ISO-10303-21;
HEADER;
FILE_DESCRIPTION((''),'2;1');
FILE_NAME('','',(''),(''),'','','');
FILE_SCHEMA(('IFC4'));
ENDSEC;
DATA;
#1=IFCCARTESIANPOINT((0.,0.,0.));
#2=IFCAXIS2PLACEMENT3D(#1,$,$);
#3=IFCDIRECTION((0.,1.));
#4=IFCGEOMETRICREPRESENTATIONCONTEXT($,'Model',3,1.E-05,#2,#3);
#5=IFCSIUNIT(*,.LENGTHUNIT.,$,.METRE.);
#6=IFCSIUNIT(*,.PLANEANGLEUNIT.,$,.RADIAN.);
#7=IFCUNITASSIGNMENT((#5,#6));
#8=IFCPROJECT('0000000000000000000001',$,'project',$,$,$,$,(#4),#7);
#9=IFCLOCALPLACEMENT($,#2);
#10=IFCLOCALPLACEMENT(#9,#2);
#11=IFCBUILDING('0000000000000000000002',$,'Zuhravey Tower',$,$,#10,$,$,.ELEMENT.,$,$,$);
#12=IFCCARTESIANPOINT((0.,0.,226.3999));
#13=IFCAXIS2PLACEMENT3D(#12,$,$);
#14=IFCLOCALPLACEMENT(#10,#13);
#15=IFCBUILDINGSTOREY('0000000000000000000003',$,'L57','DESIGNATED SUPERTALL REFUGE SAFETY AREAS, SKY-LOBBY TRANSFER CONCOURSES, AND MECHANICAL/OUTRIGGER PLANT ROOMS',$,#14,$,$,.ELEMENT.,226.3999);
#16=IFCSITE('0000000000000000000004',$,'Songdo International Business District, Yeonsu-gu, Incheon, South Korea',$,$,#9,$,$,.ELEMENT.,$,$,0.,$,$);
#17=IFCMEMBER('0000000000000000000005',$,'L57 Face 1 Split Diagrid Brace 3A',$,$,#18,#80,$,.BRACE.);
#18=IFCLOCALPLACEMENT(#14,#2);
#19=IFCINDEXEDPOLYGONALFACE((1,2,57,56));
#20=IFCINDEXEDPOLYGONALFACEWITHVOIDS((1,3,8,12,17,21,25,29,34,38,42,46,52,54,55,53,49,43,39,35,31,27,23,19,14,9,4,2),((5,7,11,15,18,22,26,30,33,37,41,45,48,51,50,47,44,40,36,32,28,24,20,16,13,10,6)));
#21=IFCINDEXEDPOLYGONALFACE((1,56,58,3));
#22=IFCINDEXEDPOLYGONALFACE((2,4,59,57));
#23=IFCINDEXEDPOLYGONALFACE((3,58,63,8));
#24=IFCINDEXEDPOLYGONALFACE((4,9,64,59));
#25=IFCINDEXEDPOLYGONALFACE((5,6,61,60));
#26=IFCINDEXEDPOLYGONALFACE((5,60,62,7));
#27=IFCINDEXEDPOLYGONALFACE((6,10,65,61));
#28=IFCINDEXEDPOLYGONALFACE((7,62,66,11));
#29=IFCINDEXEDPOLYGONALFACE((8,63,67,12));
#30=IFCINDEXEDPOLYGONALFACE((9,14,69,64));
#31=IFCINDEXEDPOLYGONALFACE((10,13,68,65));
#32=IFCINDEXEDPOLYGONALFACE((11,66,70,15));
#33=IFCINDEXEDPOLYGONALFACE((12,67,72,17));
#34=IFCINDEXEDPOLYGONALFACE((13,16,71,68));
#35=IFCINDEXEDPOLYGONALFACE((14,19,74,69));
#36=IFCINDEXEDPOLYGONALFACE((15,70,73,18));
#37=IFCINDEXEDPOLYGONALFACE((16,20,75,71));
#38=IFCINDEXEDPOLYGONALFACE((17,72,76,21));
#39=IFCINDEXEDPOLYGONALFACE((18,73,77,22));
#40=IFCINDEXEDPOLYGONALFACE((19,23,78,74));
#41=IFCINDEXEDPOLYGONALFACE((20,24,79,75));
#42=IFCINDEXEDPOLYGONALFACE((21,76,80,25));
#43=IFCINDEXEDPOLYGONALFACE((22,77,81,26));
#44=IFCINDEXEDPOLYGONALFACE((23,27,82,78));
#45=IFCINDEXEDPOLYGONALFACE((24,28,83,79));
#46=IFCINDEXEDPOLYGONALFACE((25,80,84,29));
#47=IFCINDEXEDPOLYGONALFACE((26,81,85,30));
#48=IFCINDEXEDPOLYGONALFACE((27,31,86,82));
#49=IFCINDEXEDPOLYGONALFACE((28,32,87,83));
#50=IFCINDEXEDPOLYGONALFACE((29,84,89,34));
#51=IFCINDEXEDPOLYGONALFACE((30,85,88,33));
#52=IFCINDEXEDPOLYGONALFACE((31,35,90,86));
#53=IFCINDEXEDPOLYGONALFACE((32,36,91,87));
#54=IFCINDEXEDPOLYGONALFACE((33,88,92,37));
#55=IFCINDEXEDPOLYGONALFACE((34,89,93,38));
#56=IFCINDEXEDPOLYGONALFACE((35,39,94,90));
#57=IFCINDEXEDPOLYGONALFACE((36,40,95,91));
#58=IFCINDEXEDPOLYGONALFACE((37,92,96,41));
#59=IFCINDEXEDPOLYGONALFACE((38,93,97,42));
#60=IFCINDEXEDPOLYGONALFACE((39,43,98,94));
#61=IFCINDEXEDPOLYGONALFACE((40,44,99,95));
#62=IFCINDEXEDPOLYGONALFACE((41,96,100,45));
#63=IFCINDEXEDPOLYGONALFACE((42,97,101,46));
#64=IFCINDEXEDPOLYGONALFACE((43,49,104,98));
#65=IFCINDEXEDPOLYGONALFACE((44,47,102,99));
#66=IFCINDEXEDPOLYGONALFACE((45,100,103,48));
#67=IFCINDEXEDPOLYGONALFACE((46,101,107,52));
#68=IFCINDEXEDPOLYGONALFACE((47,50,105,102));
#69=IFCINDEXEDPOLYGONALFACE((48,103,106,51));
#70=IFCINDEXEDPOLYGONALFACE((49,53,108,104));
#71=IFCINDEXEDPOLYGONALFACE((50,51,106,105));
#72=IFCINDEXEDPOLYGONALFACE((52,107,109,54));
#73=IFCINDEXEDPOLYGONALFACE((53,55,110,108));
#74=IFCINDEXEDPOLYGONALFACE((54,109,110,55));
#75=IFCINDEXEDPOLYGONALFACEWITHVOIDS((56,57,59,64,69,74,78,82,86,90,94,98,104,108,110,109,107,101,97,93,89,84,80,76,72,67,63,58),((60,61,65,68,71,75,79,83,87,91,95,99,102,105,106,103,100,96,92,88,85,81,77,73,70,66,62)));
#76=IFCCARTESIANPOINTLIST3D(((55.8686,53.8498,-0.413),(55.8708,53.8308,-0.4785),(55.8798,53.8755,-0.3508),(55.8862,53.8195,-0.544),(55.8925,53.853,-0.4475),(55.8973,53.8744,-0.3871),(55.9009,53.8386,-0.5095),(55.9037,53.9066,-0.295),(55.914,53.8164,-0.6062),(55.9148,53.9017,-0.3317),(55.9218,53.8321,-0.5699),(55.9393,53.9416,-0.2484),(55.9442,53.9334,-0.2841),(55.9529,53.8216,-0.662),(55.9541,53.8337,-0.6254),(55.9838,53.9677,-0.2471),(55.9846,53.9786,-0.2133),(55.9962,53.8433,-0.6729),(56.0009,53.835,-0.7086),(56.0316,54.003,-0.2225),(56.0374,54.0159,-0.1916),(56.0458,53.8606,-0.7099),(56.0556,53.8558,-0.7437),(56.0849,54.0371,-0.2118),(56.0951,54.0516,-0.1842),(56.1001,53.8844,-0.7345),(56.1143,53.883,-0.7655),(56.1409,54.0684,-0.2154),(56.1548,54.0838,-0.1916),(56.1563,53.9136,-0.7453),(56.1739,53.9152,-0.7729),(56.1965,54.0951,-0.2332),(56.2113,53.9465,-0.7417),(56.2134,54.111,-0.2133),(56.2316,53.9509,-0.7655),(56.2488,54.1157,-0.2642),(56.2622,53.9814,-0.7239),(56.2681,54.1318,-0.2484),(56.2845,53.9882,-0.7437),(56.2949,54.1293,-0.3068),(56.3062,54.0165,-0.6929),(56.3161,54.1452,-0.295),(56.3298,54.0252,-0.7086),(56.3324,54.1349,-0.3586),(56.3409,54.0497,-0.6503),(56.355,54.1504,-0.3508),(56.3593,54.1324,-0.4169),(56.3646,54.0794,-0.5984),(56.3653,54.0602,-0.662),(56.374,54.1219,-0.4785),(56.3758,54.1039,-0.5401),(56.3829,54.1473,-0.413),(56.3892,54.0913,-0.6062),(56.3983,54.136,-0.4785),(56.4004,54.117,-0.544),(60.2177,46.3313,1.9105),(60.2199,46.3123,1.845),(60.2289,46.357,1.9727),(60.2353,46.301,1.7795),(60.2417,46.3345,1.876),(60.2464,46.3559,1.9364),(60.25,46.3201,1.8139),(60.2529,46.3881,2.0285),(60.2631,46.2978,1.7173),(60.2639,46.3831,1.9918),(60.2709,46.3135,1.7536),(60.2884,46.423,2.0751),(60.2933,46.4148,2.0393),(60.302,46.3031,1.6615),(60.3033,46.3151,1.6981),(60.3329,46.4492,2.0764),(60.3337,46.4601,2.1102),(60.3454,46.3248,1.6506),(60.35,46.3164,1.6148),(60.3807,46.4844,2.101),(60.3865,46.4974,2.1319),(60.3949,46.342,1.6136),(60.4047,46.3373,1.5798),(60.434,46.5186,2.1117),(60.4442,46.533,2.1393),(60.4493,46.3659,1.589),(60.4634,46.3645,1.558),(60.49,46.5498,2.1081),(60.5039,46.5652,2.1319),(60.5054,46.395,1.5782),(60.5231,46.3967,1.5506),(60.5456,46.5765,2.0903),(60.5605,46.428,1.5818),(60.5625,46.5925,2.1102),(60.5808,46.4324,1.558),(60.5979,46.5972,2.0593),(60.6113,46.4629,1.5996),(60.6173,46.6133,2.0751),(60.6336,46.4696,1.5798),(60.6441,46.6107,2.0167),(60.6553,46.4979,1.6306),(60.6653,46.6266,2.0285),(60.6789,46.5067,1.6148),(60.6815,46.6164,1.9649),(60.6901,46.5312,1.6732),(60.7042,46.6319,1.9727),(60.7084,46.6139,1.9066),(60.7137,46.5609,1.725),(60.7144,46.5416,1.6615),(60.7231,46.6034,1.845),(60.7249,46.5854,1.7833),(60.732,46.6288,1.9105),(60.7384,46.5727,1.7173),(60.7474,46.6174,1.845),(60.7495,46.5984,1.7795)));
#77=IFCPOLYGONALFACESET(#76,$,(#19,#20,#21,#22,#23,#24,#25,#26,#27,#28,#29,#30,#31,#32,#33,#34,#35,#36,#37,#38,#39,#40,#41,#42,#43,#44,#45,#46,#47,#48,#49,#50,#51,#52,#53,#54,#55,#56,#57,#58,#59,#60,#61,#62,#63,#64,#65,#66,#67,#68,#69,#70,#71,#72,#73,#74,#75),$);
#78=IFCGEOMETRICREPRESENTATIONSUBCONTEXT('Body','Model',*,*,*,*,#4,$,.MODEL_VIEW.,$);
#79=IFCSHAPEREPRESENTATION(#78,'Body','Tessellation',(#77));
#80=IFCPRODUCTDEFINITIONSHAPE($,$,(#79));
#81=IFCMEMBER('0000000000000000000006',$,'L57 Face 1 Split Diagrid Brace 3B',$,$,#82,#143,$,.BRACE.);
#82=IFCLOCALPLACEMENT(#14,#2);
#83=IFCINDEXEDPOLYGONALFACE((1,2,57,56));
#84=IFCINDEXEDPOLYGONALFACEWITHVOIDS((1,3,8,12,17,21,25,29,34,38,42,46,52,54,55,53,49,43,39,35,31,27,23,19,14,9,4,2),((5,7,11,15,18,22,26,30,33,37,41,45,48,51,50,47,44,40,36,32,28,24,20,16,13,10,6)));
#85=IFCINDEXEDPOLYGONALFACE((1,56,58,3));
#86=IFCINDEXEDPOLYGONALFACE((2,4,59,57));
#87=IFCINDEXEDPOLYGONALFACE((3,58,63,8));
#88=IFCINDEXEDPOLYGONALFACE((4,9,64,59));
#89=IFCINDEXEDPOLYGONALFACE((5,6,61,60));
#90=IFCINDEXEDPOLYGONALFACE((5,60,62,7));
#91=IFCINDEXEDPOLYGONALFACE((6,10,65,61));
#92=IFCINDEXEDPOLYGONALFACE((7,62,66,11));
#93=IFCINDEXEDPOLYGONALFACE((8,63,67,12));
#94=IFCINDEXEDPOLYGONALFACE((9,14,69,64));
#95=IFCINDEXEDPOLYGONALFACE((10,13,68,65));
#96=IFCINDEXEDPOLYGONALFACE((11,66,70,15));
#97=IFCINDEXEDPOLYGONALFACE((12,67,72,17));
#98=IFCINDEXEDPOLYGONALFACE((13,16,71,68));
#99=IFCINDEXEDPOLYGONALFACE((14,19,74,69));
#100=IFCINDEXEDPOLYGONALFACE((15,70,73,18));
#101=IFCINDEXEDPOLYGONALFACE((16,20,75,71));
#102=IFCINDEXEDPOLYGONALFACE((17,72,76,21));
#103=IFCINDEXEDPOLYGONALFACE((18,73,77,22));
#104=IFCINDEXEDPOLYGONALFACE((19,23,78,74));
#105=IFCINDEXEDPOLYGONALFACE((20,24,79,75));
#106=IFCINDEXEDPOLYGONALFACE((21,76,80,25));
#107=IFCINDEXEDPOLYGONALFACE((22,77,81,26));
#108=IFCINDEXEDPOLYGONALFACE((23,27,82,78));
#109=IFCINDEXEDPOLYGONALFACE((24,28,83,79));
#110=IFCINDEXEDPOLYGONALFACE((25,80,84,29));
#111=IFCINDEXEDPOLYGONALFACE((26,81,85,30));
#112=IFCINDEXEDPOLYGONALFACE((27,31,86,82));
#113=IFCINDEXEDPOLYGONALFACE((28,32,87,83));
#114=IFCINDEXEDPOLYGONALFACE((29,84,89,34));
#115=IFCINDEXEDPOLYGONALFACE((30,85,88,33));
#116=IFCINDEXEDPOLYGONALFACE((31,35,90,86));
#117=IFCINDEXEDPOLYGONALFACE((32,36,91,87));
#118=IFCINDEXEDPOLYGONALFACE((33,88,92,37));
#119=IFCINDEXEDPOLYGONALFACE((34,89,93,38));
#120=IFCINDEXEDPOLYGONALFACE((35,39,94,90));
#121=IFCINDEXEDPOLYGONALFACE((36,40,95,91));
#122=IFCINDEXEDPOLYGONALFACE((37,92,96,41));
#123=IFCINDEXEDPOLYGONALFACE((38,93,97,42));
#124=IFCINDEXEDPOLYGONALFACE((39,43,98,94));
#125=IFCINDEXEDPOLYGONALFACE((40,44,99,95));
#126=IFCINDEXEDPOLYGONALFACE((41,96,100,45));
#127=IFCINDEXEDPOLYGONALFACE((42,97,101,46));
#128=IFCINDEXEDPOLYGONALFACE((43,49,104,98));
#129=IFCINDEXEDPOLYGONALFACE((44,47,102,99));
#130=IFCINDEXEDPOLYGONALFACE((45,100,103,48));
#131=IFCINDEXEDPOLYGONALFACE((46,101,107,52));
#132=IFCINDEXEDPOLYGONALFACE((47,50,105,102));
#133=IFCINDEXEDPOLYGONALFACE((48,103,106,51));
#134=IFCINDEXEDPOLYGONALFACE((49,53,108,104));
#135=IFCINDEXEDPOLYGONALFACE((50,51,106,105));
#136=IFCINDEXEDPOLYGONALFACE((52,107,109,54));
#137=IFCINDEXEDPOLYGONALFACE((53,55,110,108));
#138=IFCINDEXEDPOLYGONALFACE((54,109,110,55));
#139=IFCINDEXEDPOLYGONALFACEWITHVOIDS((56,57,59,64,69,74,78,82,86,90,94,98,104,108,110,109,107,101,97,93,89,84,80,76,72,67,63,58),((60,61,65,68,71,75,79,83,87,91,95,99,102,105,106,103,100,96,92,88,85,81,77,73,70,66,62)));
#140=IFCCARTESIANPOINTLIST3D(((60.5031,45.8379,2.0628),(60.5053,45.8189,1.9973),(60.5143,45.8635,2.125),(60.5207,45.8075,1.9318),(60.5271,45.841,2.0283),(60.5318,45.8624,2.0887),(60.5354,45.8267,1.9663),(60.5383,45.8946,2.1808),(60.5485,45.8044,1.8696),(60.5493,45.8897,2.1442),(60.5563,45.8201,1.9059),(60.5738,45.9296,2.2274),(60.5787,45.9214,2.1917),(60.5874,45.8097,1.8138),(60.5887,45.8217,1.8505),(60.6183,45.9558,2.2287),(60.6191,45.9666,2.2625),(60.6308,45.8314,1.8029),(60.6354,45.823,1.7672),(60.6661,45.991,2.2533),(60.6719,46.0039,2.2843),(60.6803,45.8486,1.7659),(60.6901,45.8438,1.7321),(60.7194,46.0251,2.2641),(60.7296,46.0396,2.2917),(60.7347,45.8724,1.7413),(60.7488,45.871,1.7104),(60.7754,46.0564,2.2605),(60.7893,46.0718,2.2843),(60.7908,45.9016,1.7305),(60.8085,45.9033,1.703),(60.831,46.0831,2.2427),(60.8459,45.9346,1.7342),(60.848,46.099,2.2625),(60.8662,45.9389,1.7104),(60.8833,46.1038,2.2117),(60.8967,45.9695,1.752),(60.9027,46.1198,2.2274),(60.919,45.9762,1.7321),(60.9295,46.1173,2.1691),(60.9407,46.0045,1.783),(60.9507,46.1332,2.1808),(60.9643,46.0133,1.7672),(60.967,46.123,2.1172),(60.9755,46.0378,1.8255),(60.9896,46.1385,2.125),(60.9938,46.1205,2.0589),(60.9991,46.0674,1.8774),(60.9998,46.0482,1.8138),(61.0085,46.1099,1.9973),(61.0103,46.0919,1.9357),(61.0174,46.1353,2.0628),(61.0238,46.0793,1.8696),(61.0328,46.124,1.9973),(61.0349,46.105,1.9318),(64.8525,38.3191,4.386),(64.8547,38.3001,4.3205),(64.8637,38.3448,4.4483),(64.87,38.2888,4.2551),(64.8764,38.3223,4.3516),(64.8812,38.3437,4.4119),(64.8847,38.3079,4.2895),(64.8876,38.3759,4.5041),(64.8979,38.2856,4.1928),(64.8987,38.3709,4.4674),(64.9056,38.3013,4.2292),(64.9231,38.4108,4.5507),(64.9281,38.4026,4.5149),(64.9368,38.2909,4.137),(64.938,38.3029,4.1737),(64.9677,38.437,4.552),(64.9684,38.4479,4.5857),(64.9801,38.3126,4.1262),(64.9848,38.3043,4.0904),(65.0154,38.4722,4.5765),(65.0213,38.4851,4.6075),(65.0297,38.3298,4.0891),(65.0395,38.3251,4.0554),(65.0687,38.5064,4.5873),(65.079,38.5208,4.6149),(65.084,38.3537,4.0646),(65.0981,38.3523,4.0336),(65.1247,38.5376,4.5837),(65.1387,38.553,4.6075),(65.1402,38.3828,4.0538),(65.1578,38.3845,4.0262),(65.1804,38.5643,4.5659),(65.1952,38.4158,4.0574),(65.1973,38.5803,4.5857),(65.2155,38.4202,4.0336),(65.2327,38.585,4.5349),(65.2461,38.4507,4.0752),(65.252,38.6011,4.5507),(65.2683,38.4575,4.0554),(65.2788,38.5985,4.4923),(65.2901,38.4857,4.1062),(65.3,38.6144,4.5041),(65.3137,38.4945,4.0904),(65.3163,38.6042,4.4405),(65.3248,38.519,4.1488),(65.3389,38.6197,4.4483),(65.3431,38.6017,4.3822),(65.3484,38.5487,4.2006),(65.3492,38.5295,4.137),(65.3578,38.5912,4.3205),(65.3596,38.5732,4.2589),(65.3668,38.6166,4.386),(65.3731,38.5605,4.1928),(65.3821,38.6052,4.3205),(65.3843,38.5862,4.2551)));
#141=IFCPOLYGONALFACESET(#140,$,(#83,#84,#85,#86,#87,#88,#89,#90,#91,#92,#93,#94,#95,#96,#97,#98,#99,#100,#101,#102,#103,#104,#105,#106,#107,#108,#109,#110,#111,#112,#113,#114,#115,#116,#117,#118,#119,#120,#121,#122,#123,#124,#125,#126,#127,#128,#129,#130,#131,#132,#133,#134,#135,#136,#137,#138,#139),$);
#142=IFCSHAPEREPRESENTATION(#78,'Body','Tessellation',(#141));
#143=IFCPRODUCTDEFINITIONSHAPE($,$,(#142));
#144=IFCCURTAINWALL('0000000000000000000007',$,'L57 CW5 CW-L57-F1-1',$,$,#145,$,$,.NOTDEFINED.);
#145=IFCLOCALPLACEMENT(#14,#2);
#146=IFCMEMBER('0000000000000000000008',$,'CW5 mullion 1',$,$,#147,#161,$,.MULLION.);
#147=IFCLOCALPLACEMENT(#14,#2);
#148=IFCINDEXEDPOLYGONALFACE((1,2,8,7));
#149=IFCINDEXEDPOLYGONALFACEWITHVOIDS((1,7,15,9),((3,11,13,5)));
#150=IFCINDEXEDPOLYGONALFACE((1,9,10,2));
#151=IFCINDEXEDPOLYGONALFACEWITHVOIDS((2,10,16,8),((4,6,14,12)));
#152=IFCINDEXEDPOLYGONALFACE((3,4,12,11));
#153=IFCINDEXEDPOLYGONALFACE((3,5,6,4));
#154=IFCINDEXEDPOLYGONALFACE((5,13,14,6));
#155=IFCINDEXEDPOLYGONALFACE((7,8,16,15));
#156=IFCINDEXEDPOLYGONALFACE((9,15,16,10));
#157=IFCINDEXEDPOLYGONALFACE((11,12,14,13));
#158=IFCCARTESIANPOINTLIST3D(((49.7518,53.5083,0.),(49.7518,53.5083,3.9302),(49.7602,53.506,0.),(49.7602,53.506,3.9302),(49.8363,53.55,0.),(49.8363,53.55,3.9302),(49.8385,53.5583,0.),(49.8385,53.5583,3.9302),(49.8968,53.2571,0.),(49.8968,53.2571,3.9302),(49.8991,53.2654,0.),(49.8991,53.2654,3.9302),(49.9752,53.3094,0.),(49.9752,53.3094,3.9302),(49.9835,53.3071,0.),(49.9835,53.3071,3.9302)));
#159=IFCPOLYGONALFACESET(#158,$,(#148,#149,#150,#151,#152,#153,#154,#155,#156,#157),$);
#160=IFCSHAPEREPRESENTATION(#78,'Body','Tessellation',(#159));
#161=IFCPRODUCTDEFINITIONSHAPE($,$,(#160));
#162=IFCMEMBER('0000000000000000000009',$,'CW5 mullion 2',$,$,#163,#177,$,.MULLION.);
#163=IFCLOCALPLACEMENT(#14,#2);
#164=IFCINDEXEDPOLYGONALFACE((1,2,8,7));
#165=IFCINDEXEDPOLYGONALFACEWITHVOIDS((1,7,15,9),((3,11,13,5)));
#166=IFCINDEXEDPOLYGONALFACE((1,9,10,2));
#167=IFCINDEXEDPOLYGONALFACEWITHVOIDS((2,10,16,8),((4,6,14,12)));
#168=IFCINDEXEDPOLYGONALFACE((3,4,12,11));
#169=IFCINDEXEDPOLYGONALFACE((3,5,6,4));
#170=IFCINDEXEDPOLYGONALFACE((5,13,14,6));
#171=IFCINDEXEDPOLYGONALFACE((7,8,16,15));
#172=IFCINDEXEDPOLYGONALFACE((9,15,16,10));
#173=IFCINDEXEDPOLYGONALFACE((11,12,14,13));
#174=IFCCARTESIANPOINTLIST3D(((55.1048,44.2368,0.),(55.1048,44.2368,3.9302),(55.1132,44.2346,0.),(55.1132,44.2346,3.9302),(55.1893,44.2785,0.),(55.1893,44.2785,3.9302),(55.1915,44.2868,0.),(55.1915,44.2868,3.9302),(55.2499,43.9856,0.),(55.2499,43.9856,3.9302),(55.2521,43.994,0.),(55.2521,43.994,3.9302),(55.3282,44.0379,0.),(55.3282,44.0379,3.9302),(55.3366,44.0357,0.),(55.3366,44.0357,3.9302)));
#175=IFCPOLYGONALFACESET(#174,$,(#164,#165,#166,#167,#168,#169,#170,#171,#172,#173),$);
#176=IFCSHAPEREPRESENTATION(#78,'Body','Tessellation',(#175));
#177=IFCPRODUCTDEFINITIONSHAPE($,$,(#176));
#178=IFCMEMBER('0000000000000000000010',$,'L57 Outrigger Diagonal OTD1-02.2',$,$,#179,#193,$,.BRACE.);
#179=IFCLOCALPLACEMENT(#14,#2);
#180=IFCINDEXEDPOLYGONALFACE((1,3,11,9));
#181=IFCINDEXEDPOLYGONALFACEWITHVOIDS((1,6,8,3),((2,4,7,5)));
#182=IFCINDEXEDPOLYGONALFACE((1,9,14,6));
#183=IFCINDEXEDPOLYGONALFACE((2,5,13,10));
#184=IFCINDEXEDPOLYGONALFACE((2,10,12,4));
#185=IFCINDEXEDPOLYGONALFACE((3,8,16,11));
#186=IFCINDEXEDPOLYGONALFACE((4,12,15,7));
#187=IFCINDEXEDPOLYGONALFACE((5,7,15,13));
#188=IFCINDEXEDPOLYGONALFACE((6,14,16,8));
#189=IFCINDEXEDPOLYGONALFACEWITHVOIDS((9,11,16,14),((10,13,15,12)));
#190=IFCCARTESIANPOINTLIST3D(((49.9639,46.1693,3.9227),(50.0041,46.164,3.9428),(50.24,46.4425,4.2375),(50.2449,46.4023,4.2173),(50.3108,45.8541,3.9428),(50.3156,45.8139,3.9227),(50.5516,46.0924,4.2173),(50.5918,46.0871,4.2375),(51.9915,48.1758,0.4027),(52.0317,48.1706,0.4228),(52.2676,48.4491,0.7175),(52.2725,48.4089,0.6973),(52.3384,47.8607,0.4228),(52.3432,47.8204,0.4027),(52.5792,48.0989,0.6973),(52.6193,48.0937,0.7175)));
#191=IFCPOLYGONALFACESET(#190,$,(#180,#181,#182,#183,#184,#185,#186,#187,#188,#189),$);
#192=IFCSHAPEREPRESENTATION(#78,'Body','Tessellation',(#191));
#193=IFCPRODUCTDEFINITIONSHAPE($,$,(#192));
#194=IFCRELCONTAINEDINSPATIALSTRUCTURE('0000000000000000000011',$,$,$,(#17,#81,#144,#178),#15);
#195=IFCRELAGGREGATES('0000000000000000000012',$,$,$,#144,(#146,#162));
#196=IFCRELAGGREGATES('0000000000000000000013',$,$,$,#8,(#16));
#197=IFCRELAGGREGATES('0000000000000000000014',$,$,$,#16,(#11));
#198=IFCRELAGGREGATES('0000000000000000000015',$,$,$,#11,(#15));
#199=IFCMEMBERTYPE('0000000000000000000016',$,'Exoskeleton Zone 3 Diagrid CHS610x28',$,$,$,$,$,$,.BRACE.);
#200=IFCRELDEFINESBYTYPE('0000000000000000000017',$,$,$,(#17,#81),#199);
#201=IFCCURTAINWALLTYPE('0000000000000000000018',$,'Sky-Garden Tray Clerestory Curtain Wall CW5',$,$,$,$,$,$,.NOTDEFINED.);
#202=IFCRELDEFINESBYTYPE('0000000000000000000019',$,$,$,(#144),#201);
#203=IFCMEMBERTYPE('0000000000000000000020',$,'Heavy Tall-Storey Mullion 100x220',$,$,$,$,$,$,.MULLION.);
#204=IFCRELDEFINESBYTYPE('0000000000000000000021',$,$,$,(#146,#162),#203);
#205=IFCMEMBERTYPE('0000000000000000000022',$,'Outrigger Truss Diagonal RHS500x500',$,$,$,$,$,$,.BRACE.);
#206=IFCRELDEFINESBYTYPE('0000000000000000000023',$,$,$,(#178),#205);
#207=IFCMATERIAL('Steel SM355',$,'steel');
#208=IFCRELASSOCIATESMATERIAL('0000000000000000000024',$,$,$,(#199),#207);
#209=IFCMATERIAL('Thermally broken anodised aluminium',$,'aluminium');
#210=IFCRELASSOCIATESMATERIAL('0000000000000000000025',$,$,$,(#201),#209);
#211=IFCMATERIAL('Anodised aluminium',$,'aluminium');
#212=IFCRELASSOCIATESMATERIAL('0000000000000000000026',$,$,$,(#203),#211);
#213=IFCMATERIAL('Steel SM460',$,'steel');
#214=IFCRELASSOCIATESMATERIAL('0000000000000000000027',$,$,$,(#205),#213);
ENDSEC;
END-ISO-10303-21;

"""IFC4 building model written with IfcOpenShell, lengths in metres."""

from ifc_helpers import new_model, si_unit, direction, frame, origin, origin_2d, place, context, subcontext, project, spatial, hollow_rectangle, hollow_circle, extrude, material, material_profile, profile_set, type_object, element, aggregate, save


model = new_model("IFC4")

# Units and contexts
model_context = context("Model", 3, precision=1e-05, world=origin(), true_north=direction((0.0, 1.0)))
body_context = subcontext(model_context, "Body", "Model", "MODEL_VIEW")
ifc_project = project(units=[si_unit("LENGTHUNIT", "METRE"), si_unit("PLANEANGLEUNIT", "RADIAN")], contexts=[model_context])

# Site, building, storey
site_placement = place(None, origin())
site = spatial("IfcSite", under=ifc_project, at=site_placement, Name="Songdo International Business District, Yeonsu-gu, Incheon, South Korea", CompositionType="ELEMENT", RefElevation=0.0)
building_placement = place(site_placement, origin())
building = spatial("IfcBuilding", under=site, at=building_placement, Name="Zuhravey Tower", CompositionType="ELEMENT")
storey_placement = place(building_placement, frame((0.0, 0.0, 226.3999)))
storey = spatial("IfcBuildingStorey", under=building, at=storey_placement, Name="L57", Description="DESIGNATED SUPERTALL REFUGE SAFETY AREAS, SKY-LOBBY TRANSFER CONCOURSES, AND MECHANICAL/OUTRIGGER PLANT ROOMS", CompositionType="ELEMENT", Elevation=226.3999)

# Shared definitions
ifc_material_1 = material(Name="Steel SM355", Category="steel")

# Shared definitions
ifc_material_2 = material(Name="Steel SM460", Category="steel")

# Members
ifc_material_profile_1 = material_profile(ifc_material_1, hollow_circle(Radius=0.3047, WallThickness=0.0281, at=origin_2d()), Name="CHS-609.6x28")
ifc_profile_set_1 = profile_set([ifc_material_profile_1], Name="Steel SM355")
member_type_1 = type_object("IfcMemberType", Name="Exoskeleton Zone 3 Diagrid CHS610x28", PredefinedType="BRACE", material=ifc_profile_set_1)
member_1_placement = place(storey_placement, frame((56.1345, 53.9834, -0.4785), z_axis=(0.483707, -0.83621, 0.258417), x_axis=(0.865612, 0.500715, 0.0)))
element("IfcMember", 1, at=member_1_placement, inside=storey, type_object=member_type_1, Name="L57 Face 1 Split Diagrid Brace 3A", PredefinedType="BRACE", context=body_context, shape_type="SweptSolid", body=[
    extrude(hollow_circle(Radius=0.3047, WallThickness=0.0281, at=origin_2d()), origin(), (0.0, 0.0, 1.0), 8.9912),
])
member_2_placement = place(storey_placement, frame((60.769, 45.9714, 1.9973), z_axis=(0.483721, -0.836213, 0.258383), x_axis=(0.865607, 0.500724, 0.0)))
element("IfcMember", 2, at=member_2_placement, inside=storey, type_object=member_type_1, Name="L57 Face 1 Split Diagrid Brace 3B", PredefinedType="BRACE", context=body_context, shape_type="SweptSolid", body=[
    extrude(hollow_circle(Radius=0.3047, WallThickness=0.0281, at=origin_2d()), origin(), (0.0, 0.0, 1.0), 8.9915),
])

# Curtain wall, members
ifc_material_3 = material(Name="Thermally broken anodised aluminium", Category="aluminium")
curtain_wall_type = type_object("IfcCurtainWallType", Name="Sky-Garden Tray Clerestory Curtain Wall CW5", PredefinedType="NOTDEFINED", material=ifc_material_3)
curtain_wall_placement = place(storey_placement, origin())
curtain_wall = element("IfcCurtainWall", 3, at=curtain_wall_placement, inside=storey, type_object=curtain_wall_type, Name="L57 CW5 CW-L57-F1-1", PredefinedType="NOTDEFINED")
ifc_material_4 = material(Name="Anodised aluminium", Category="aluminium")
ifc_material_profile_2 = material_profile(ifc_material_4, hollow_rectangle(XDim=0.1001, YDim=0.29, WallThickness=0.0061, at=origin_2d()), Name="ALU-RHS-100x290x6")
ifc_profile_set_2 = profile_set([ifc_material_profile_2], Name="Anodised aluminium")
member_type_2 = type_object("IfcMemberType", Name="Heavy Tall-Storey Mullion 100x220", PredefinedType="MULLION", material=ifc_profile_set_2)
member_3_placement = place(storey_placement, frame((49.8677, 53.4077, 0.0), z_axis=(0.0, 0.0, 1.0), x_axis=(0.866024, 0.500003, 0.0)))
member_3 = element("IfcMember", 4, at=member_3_placement, type_object=member_type_2, Name="CW5 mullion 1", PredefinedType="MULLION", context=body_context, shape_type="SweptSolid", body=[
    extrude(hollow_rectangle(XDim=0.1001, YDim=0.29, WallThickness=0.0061, at=origin_2d()), origin(), (0.0, 0.0, 1.0), 3.9302),
])
member_4_placement = place(storey_placement, frame((55.2207, 44.1362, 0.0), z_axis=(0.0, 0.0, 1.0), x_axis=(0.866024, 0.500003, 0.0)))
member_4 = element("IfcMember", 5, at=member_4_placement, type_object=member_type_2, Name="CW5 mullion 2", PredefinedType="MULLION", context=body_context, shape_type="SweptSolid", body=[
    extrude(hollow_rectangle(XDim=0.1001, YDim=0.29, WallThickness=0.0061, at=origin_2d()), origin(), (0.0, 0.0, 1.0), 3.9302),
])

# Member
ifc_material_profile_3 = material_profile(ifc_material_2, hollow_rectangle(XDim=0.5, YDim=0.5, WallThickness=0.032, at=origin_2d()), Name="RHS-500x500x32")
ifc_profile_set_3 = profile_set([ifc_material_profile_3], Name="Steel SM460")
member_type_3 = type_object("IfcMemberType", Name="Outrigger Truss Diagonal RHS500x500", PredefinedType="BRACE", material=ifc_profile_set_3)
member_5_placement = place(storey_placement, frame((52.3054, 48.1348, 0.5601), z_axis=(-0.447513, -0.442879, 0.776911), x_axis=(0.703417, -0.710777, 0.0)))
element("IfcMember", 6, at=member_5_placement, inside=storey, type_object=member_type_3, Name="L57 Outrigger Diagonal OTD1-02.2", PredefinedType="BRACE", context=body_context, shape_type="SweptSolid", body=[
    extrude(hollow_rectangle(XDim=0.5, YDim=0.5, WallThickness=0.032, at=origin_2d()), origin(), (0.0, 0.0, 1.0), 4.5308),
])

aggregate(curtain_wall, [member_3, member_4])

save(model, "model.ifc")
